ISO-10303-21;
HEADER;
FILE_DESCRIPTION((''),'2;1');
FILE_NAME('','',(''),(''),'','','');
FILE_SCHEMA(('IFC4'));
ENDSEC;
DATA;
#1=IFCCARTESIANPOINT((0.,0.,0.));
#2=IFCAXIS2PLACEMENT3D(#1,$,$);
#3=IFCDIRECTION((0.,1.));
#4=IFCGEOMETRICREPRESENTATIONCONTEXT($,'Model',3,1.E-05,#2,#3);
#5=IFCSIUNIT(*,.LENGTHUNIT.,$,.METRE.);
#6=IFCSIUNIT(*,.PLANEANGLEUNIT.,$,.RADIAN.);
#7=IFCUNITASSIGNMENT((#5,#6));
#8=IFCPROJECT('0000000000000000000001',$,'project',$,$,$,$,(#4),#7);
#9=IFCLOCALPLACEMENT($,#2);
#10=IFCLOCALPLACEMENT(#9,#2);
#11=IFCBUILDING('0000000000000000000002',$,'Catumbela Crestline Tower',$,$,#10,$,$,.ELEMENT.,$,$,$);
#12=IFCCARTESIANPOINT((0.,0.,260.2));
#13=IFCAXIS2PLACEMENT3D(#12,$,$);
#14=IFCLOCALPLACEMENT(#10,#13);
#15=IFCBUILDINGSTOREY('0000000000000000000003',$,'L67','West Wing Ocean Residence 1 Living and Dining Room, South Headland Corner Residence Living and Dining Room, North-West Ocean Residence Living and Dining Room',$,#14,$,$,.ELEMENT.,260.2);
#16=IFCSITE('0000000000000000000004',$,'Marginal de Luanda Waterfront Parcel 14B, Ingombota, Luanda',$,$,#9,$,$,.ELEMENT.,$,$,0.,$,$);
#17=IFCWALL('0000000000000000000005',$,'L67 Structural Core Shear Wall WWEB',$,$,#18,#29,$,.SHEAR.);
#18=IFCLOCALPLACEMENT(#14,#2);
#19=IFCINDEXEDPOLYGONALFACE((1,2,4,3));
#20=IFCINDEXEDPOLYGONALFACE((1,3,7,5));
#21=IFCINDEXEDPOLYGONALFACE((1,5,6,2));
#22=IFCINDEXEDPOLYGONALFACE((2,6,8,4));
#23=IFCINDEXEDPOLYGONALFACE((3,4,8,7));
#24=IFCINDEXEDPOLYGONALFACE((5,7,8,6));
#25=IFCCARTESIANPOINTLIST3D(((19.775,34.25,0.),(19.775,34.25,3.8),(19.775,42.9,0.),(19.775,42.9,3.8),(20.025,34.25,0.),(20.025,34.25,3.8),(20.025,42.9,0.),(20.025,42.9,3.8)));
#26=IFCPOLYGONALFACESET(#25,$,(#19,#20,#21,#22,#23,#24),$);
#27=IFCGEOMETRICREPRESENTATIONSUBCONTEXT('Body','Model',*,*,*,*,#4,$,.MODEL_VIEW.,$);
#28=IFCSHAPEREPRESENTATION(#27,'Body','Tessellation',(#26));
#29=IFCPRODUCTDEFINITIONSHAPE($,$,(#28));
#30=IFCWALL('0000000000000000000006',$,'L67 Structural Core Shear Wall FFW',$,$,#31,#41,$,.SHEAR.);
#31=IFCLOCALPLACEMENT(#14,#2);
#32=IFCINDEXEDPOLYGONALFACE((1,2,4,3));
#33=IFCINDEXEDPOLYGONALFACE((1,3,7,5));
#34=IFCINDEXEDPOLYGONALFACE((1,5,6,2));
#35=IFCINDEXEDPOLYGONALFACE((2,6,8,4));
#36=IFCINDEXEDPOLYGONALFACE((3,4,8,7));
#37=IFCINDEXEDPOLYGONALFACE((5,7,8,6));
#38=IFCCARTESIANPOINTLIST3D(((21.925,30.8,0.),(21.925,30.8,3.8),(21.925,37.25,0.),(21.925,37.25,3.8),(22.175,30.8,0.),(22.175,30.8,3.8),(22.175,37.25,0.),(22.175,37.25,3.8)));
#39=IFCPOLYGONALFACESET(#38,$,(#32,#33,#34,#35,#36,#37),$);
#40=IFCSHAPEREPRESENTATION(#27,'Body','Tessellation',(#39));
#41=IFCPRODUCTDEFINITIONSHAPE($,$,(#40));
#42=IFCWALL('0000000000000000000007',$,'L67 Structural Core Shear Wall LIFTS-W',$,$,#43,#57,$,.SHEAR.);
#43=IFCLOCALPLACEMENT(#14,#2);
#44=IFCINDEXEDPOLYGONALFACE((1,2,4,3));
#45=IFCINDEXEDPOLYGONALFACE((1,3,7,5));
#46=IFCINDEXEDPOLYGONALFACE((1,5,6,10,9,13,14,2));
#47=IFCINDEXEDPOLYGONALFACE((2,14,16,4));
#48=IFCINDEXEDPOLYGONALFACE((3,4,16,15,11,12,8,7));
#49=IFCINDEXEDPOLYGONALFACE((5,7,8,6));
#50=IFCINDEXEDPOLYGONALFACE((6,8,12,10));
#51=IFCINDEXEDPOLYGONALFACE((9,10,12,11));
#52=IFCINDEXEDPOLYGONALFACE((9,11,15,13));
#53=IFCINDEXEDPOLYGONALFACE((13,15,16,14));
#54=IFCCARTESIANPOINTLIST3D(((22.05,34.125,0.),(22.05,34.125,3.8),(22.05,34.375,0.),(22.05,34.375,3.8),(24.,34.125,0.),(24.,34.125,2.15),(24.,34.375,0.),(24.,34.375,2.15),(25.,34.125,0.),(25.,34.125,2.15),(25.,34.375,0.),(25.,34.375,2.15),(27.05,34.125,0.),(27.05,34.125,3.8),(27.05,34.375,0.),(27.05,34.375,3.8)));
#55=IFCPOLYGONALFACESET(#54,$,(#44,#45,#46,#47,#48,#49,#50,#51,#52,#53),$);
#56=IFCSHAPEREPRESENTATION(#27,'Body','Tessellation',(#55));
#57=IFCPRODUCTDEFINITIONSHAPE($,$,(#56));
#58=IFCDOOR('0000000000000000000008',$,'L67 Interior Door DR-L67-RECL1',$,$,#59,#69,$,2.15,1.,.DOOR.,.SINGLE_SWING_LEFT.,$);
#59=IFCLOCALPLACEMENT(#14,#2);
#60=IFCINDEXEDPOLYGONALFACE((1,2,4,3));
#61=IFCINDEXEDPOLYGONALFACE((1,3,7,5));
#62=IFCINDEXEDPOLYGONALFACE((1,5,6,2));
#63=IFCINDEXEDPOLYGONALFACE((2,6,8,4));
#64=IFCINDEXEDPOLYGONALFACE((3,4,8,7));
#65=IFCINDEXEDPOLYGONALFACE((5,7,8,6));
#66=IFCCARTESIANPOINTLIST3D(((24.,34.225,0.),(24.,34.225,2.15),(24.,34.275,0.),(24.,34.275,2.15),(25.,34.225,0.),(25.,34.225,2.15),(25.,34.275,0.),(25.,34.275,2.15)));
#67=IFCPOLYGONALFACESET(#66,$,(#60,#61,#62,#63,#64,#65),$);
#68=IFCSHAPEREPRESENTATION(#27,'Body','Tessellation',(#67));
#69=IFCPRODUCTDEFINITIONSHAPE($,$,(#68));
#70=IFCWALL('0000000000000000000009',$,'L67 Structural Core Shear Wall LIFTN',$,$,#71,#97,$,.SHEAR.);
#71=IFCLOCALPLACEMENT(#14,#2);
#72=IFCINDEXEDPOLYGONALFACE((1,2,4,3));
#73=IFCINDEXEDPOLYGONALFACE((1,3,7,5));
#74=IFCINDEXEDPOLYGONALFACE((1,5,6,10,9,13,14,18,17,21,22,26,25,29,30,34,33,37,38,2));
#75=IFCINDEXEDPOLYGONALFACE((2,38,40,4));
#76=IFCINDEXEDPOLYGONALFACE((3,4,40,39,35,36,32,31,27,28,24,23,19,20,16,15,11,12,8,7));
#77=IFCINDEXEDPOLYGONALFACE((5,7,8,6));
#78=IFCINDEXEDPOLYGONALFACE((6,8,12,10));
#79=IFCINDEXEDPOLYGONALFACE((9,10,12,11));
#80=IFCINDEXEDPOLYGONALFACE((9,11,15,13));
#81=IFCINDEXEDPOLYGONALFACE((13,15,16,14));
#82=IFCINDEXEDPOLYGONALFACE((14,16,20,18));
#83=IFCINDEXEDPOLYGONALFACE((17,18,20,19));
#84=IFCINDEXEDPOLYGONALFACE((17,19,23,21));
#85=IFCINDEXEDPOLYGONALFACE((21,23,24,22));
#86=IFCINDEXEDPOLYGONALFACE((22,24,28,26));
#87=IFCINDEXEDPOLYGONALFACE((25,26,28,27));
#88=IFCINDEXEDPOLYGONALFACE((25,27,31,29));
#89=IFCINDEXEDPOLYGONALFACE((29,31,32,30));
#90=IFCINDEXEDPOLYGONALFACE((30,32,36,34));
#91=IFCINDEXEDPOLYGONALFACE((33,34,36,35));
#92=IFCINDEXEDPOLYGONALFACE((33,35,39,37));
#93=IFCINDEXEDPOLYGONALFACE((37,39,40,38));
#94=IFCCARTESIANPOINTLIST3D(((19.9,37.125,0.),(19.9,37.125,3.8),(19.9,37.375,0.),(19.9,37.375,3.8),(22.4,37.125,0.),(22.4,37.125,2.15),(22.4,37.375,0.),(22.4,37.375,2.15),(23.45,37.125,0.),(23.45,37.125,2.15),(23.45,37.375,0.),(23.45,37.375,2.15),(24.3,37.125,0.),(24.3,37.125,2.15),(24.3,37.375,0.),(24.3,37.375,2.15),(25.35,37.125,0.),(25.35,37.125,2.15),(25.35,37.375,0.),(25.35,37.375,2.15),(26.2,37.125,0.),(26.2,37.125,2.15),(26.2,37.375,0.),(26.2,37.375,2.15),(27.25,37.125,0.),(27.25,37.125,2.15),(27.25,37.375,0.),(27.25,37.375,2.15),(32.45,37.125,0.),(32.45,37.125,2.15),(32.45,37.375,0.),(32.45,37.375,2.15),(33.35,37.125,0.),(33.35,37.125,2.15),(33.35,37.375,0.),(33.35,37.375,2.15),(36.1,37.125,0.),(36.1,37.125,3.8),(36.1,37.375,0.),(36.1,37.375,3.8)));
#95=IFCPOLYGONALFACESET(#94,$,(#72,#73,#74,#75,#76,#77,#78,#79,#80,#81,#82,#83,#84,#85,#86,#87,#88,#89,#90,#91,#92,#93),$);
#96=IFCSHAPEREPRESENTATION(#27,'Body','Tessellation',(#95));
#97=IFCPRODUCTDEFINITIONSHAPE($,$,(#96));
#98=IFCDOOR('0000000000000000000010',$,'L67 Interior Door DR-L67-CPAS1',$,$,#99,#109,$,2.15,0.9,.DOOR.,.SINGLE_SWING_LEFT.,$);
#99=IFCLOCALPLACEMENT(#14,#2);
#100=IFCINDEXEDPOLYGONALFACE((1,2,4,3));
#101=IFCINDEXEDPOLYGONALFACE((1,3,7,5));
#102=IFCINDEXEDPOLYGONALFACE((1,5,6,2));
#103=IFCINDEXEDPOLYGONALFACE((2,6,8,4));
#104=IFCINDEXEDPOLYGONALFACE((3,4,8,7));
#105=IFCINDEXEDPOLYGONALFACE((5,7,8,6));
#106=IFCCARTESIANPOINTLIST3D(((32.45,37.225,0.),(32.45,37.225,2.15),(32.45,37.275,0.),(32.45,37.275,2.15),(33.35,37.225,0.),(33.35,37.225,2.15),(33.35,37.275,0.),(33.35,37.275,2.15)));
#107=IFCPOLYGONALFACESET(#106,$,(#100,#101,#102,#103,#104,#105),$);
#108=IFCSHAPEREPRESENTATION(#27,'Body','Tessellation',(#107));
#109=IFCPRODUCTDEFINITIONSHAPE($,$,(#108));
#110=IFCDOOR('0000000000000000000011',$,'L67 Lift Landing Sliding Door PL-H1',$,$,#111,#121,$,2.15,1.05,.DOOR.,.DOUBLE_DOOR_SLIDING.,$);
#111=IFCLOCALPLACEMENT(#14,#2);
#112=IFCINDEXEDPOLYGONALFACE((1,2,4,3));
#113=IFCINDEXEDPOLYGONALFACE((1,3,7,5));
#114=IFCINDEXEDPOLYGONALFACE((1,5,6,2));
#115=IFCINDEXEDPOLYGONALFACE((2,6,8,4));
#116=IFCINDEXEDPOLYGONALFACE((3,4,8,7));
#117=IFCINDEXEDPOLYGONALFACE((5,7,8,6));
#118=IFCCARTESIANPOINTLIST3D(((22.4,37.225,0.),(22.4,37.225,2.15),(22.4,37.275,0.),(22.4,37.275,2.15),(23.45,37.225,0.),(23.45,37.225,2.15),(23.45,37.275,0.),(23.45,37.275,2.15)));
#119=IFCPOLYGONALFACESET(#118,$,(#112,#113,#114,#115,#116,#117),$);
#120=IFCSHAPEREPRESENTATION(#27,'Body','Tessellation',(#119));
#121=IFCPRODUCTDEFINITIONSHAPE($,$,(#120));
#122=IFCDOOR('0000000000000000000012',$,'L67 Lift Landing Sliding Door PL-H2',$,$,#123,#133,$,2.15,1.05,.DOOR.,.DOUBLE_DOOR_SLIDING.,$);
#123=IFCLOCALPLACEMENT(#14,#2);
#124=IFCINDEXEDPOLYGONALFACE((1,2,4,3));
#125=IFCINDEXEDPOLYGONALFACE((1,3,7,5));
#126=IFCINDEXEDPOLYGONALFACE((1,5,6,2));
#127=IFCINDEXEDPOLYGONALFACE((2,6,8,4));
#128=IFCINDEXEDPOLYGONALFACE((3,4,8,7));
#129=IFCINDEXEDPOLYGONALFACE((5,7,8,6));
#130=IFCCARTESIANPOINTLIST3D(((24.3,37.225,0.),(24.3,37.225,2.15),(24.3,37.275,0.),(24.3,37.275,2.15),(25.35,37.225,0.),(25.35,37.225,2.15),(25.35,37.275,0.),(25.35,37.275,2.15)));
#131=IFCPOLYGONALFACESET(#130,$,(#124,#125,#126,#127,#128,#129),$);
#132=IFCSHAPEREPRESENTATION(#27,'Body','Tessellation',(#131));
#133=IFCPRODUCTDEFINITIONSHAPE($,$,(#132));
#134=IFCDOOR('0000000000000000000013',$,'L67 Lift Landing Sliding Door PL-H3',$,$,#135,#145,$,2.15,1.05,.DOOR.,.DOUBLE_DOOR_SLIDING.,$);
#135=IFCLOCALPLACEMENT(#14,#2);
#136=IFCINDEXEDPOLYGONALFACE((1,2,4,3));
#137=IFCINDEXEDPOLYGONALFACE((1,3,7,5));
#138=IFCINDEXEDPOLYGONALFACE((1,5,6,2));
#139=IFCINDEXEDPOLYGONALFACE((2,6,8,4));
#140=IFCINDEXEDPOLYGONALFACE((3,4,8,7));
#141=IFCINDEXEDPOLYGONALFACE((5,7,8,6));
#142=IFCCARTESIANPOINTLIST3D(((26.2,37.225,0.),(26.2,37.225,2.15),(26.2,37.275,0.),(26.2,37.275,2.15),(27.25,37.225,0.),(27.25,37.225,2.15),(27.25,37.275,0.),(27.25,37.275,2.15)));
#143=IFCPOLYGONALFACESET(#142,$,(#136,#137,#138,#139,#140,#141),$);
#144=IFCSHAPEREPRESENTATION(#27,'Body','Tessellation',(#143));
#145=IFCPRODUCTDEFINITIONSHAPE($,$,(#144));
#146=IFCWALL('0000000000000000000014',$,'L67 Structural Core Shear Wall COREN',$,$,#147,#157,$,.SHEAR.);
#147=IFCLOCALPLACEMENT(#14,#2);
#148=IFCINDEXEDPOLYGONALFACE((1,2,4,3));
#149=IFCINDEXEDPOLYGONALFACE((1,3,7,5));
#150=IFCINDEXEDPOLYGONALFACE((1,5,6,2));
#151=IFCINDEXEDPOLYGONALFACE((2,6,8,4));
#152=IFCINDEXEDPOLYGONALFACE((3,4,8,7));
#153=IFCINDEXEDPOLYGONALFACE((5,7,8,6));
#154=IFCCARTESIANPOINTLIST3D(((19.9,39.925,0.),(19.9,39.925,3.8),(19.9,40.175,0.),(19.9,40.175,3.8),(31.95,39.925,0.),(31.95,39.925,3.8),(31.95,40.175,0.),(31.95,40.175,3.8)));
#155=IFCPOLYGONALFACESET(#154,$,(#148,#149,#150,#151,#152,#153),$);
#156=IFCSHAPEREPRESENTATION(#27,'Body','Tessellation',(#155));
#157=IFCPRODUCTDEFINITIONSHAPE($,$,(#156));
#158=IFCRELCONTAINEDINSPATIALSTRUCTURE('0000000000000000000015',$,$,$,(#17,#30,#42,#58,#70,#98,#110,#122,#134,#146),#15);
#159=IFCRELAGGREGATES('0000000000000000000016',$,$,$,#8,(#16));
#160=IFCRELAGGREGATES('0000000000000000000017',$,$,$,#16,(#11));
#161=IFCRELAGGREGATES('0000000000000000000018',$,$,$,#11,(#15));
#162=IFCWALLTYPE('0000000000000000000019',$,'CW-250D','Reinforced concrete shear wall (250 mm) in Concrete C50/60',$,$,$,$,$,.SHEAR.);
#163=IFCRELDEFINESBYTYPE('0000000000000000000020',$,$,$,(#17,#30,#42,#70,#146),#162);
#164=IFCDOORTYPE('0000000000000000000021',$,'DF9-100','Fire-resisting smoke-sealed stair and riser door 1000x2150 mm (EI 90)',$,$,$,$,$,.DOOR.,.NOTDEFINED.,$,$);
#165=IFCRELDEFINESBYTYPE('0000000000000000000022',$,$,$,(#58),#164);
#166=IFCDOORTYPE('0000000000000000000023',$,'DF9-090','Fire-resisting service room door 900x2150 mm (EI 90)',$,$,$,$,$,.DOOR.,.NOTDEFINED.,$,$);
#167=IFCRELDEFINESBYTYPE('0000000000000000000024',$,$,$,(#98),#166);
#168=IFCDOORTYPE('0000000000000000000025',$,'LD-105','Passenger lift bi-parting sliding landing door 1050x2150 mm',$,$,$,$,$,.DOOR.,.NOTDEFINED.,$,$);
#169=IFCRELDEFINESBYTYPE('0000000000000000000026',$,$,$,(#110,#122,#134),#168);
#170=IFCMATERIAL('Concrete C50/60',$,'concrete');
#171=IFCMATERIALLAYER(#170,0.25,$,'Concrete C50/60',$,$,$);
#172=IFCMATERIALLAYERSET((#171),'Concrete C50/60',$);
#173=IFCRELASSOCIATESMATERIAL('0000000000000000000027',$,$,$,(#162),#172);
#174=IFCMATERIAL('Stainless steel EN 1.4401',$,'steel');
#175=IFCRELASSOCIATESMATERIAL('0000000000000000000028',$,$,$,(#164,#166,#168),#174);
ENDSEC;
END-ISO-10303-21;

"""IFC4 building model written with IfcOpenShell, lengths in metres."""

from ifc_helpers import new_model, si_unit, direction, frame, frame_2d, origin, place, context, subcontext, project, spatial, rectangle, extrude, material, layer, layer_set, type_object, element, fill, save


model = new_model("IFC4")

# Units and contexts
model_context = context("Model", 3, precision=1e-05, world=origin(), true_north=direction((0.0, 1.0)))
body_context = subcontext(model_context, "Body", "Model", "MODEL_VIEW")
ifc_project = project(units=[si_unit("LENGTHUNIT", "METRE"), si_unit("PLANEANGLEUNIT", "RADIAN")], contexts=[model_context])

# Site, building, storey
site_placement = place(None, origin())
site = spatial("IfcSite", under=ifc_project, at=site_placement, Name="Marginal de Luanda Waterfront Parcel 14B, Ingombota, Luanda", CompositionType="ELEMENT", RefElevation=0.0)
building_placement = place(site_placement, origin())
building = spatial("IfcBuilding", under=site, at=building_placement, Name="Catumbela Crestline Tower", CompositionType="ELEMENT")
storey_placement = place(building_placement, frame((0.0, 0.0, 260.2)))
storey = spatial("IfcBuildingStorey", under=building, at=storey_placement, Name="L67", Description="West Wing Ocean Residence 1 Living and Dining Room, South Headland Corner Residence Living and Dining Room, North-West Ocean Residence Living and Dining Room", CompositionType="ELEMENT", Elevation=260.2)

# Walls
ifc_material_1 = material(Name="Concrete C50/60", Category="concrete")
ifc_layer_1 = layer(ifc_material_1, 0.25, Name="Concrete C50/60")
ifc_layer_set_1 = layer_set([ifc_layer_1], Name="Concrete C50/60")
wall_type_1 = type_object("IfcWallType", Name="CW-250D", Description="Reinforced concrete shear wall (250 mm) in Concrete C50/60", PredefinedType="SHEAR", material=ifc_layer_set_1)
wall_1_placement = place(storey_placement, frame((19.9, 34.25, 0.0), z_axis=(0.0, 0.0, 1.0), x_axis=(0.0, 1.0, 0.0)))
element("IfcWall", 1, at=wall_1_placement, inside=storey, type_object=wall_type_1, Name="L67 Structural Core Shear Wall WWEB", PredefinedType="SHEAR", context=body_context, shape_type="SweptSolid", body=[
    extrude(rectangle(XDim=8.65, YDim=0.25, at=frame_2d((4.325, 0.0))), origin(), (0.0, 0.0, 1.0), 3.8),
])
wall_2_placement = place(storey_placement, frame((22.05, 30.8, 0.0), z_axis=(0.0, 0.0, 1.0), x_axis=(0.0, 1.0, 0.0)))
element("IfcWall", 2, at=wall_2_placement, inside=storey, type_object=wall_type_1, Name="L67 Structural Core Shear Wall FFW", PredefinedType="SHEAR", context=body_context, shape_type="SweptSolid", body=[
    extrude(rectangle(XDim=6.45, YDim=0.25, at=frame_2d((3.225, 0.0))), origin(), (0.0, 0.0, 1.0), 3.8),
])

# Wall, opening, door
wall_3_placement = place(storey_placement, frame((22.05, 34.25, 0.0), z_axis=(0.0, 0.0, 1.0), x_axis=(1.0, 0.0, 0.0)))
wall_3 = element("IfcWall", 3, at=wall_3_placement, inside=storey, type_object=wall_type_1, Name="L67 Structural Core Shear Wall LIFTS-W", PredefinedType="SHEAR", context=body_context, shape_type="SweptSolid", body=[
    extrude(rectangle(XDim=5.0, YDim=0.25, at=frame_2d((2.5, 0.0))), origin(), (0.0, 0.0, 1.0), 3.8),
])
opening_1_placement = place(wall_3_placement, frame((1.95, 0.0, 0.0)))
opening_1 = element("IfcOpeningElement", 4, at=opening_1_placement, cuts=wall_3, PredefinedType="OPENING", context=body_context, shape_type="SweptSolid", body=[
    extrude(rectangle(XDim=1.0, YDim=2.15, at=frame_2d((0.5, 1.075))), frame((0.0, 0.135, 0.0), z_axis=(0.0, -1.0, 0.0), x_axis=(1.0, 0.0, 0.0)), (0.0, 0.0, 1.0), 0.27),
])
ifc_material_2 = material(Name="Stainless steel EN 1.4401", Category="steel")
door_type_1 = type_object("IfcDoorType", Name="DF9-100", Description="Fire-resisting smoke-sealed stair and riser door 1000x2150 mm (EI 90)", OperationType="NOTDEFINED", PredefinedType="DOOR", material=ifc_material_2)
door_1_placement = place(opening_1_placement, origin())
door_1 = element("IfcDoor", 5, at=door_1_placement, inside=storey, type_object=door_type_1, Name="L67 Interior Door DR-L67-RECL1", OperationType="SINGLE_SWING_LEFT", OverallHeight=2.15, OverallWidth=1.0, PredefinedType="DOOR", context=body_context, shape_type="SweptSolid", body=[
    extrude(rectangle(XDim=1.0, YDim=2.15, at=frame_2d((0.5, 1.075))), frame((0.0, 0.025, 0.0), z_axis=(0.0, -1.0, 0.0), x_axis=(1.0, 0.0, 0.0)), (0.0, 0.0, 1.0), 0.05),
])
fill(opening_1, door_1)

# Wall, openings, doors
wall_4_placement = place(storey_placement, frame((19.9, 37.25, 0.0), z_axis=(0.0, 0.0, 1.0), x_axis=(1.0, 0.0, 0.0)))
wall_4 = element("IfcWall", 6, at=wall_4_placement, inside=storey, type_object=wall_type_1, Name="L67 Structural Core Shear Wall LIFTN", PredefinedType="SHEAR", context=body_context, shape_type="SweptSolid", body=[
    extrude(rectangle(XDim=16.2, YDim=0.25, at=frame_2d((8.1, 0.0))), origin(), (0.0, 0.0, 1.0), 3.8),
])
opening_2_placement = place(wall_4_placement, frame((12.55, 0.0, 0.0)))
opening_2 = element("IfcOpeningElement", 7, at=opening_2_placement, cuts=wall_4, PredefinedType="OPENING", context=body_context, shape_type="SweptSolid", body=[
    extrude(rectangle(XDim=0.9, YDim=2.15, at=frame_2d((0.45, 1.075))), frame((0.0, 0.135, 0.0), z_axis=(0.0, -1.0, 0.0), x_axis=(1.0, 0.0, 0.0)), (0.0, 0.0, 1.0), 0.27),
])
opening_3_placement = place(wall_4_placement, frame((2.5, 0.0, 0.0)))
opening_3 = element("IfcOpeningElement", 8, at=opening_3_placement, cuts=wall_4, PredefinedType="OPENING", context=body_context, shape_type="SweptSolid", body=[
    extrude(rectangle(XDim=1.05, YDim=2.15, at=frame_2d((0.525, 1.075))), frame((0.0, 0.135, 0.0), z_axis=(0.0, -1.0, 0.0), x_axis=(1.0, 0.0, 0.0)), (0.0, 0.0, 1.0), 0.27),
])
opening_4_placement = place(wall_4_placement, frame((4.4, 0.0, 0.0)))
opening_4 = element("IfcOpeningElement", 9, at=opening_4_placement, cuts=wall_4, PredefinedType="OPENING", context=body_context, shape_type="SweptSolid", body=[
    extrude(rectangle(XDim=1.05, YDim=2.15, at=frame_2d((0.525, 1.075))), frame((0.0, 0.135, 0.0), z_axis=(0.0, -1.0, 0.0), x_axis=(1.0, 0.0, 0.0)), (0.0, 0.0, 1.0), 0.27),
])
opening_5_placement = place(wall_4_placement, frame((6.3, 0.0, 0.0)))
opening_5 = element("IfcOpeningElement", 10, at=opening_5_placement, cuts=wall_4, PredefinedType="OPENING", context=body_context, shape_type="SweptSolid", body=[
    extrude(rectangle(XDim=1.05, YDim=2.15, at=frame_2d((0.525, 1.075))), frame((0.0, 0.135, 0.0), z_axis=(0.0, -1.0, 0.0), x_axis=(1.0, 0.0, 0.0)), (0.0, 0.0, 1.0), 0.27),
])
door_type_2 = type_object("IfcDoorType", Name="DF9-090", Description="Fire-resisting service room door 900x2150 mm (EI 90)", OperationType="NOTDEFINED", PredefinedType="DOOR", material=ifc_material_2)
door_2_placement = place(opening_2_placement, origin())
door_2 = element("IfcDoor", 11, at=door_2_placement, inside=storey, type_object=door_type_2, Name="L67 Interior Door DR-L67-CPAS1", OperationType="SINGLE_SWING_LEFT", OverallHeight=2.15, OverallWidth=0.9, PredefinedType="DOOR", context=body_context, shape_type="SweptSolid", body=[
    extrude(rectangle(XDim=0.9, YDim=2.15, at=frame_2d((0.45, 1.075))), frame((0.0, 0.025, 0.0), z_axis=(0.0, -1.0, 0.0), x_axis=(1.0, 0.0, 0.0)), (0.0, 0.0, 1.0), 0.05),
])
fill(opening_2, door_2)
door_type_3 = type_object("IfcDoorType", Name="LD-105", Description="Passenger lift bi-parting sliding landing door 1050x2150 mm", OperationType="NOTDEFINED", PredefinedType="DOOR", material=ifc_material_2)
door_3_placement = place(opening_3_placement, origin())
door_3 = element("IfcDoor", 12, at=door_3_placement, inside=storey, type_object=door_type_3, Name="L67 Lift Landing Sliding Door PL-H1", OperationType="DOUBLE_DOOR_SLIDING", OverallHeight=2.15, OverallWidth=1.05, PredefinedType="DOOR", context=body_context, shape_type="SweptSolid", body=[
    extrude(rectangle(XDim=1.05, YDim=2.15, at=frame_2d((0.525, 1.075))), frame((0.0, 0.025, 0.0), z_axis=(0.0, -1.0, 0.0), x_axis=(1.0, 0.0, 0.0)), (0.0, 0.0, 1.0), 0.05),
])
fill(opening_3, door_3)
door_4_placement = place(opening_4_placement, origin())
door_4 = element("IfcDoor", 13, at=door_4_placement, inside=storey, type_object=door_type_3, Name="L67 Lift Landing Sliding Door PL-H2", OperationType="DOUBLE_DOOR_SLIDING", OverallHeight=2.15, OverallWidth=1.05, PredefinedType="DOOR", context=body_context, shape_type="SweptSolid", body=[
    extrude(rectangle(XDim=1.05, YDim=2.15, at=frame_2d((0.525, 1.075))), frame((0.0, 0.025, 0.0), z_axis=(0.0, -1.0, 0.0), x_axis=(1.0, 0.0, 0.0)), (0.0, 0.0, 1.0), 0.05),
])
fill(opening_4, door_4)
door_5_placement = place(opening_5_placement, origin())
door_5 = element("IfcDoor", 14, at=door_5_placement, inside=storey, type_object=door_type_3, Name="L67 Lift Landing Sliding Door PL-H3", OperationType="DOUBLE_DOOR_SLIDING", OverallHeight=2.15, OverallWidth=1.05, PredefinedType="DOOR", context=body_context, shape_type="SweptSolid", body=[
    extrude(rectangle(XDim=1.05, YDim=2.15, at=frame_2d((0.525, 1.075))), frame((0.0, 0.025, 0.0), z_axis=(0.0, -1.0, 0.0), x_axis=(1.0, 0.0, 0.0)), (0.0, 0.0, 1.0), 0.05),
])
fill(opening_5, door_5)

# Wall
wall_5_placement = place(storey_placement, frame((19.9, 40.05, 0.0), z_axis=(0.0, 0.0, 1.0), x_axis=(1.0, 0.0, 0.0)))
element("IfcWall", 15, at=wall_5_placement, inside=storey, type_object=wall_type_1, Name="L67 Structural Core Shear Wall COREN", PredefinedType="SHEAR", context=body_context, shape_type="SweptSolid", body=[
    extrude(rectangle(XDim=12.05, YDim=0.25, at=frame_2d((6.025, 0.0))), origin(), (0.0, 0.0, 1.0), 3.8),
])

save(model, "model.ifc")
